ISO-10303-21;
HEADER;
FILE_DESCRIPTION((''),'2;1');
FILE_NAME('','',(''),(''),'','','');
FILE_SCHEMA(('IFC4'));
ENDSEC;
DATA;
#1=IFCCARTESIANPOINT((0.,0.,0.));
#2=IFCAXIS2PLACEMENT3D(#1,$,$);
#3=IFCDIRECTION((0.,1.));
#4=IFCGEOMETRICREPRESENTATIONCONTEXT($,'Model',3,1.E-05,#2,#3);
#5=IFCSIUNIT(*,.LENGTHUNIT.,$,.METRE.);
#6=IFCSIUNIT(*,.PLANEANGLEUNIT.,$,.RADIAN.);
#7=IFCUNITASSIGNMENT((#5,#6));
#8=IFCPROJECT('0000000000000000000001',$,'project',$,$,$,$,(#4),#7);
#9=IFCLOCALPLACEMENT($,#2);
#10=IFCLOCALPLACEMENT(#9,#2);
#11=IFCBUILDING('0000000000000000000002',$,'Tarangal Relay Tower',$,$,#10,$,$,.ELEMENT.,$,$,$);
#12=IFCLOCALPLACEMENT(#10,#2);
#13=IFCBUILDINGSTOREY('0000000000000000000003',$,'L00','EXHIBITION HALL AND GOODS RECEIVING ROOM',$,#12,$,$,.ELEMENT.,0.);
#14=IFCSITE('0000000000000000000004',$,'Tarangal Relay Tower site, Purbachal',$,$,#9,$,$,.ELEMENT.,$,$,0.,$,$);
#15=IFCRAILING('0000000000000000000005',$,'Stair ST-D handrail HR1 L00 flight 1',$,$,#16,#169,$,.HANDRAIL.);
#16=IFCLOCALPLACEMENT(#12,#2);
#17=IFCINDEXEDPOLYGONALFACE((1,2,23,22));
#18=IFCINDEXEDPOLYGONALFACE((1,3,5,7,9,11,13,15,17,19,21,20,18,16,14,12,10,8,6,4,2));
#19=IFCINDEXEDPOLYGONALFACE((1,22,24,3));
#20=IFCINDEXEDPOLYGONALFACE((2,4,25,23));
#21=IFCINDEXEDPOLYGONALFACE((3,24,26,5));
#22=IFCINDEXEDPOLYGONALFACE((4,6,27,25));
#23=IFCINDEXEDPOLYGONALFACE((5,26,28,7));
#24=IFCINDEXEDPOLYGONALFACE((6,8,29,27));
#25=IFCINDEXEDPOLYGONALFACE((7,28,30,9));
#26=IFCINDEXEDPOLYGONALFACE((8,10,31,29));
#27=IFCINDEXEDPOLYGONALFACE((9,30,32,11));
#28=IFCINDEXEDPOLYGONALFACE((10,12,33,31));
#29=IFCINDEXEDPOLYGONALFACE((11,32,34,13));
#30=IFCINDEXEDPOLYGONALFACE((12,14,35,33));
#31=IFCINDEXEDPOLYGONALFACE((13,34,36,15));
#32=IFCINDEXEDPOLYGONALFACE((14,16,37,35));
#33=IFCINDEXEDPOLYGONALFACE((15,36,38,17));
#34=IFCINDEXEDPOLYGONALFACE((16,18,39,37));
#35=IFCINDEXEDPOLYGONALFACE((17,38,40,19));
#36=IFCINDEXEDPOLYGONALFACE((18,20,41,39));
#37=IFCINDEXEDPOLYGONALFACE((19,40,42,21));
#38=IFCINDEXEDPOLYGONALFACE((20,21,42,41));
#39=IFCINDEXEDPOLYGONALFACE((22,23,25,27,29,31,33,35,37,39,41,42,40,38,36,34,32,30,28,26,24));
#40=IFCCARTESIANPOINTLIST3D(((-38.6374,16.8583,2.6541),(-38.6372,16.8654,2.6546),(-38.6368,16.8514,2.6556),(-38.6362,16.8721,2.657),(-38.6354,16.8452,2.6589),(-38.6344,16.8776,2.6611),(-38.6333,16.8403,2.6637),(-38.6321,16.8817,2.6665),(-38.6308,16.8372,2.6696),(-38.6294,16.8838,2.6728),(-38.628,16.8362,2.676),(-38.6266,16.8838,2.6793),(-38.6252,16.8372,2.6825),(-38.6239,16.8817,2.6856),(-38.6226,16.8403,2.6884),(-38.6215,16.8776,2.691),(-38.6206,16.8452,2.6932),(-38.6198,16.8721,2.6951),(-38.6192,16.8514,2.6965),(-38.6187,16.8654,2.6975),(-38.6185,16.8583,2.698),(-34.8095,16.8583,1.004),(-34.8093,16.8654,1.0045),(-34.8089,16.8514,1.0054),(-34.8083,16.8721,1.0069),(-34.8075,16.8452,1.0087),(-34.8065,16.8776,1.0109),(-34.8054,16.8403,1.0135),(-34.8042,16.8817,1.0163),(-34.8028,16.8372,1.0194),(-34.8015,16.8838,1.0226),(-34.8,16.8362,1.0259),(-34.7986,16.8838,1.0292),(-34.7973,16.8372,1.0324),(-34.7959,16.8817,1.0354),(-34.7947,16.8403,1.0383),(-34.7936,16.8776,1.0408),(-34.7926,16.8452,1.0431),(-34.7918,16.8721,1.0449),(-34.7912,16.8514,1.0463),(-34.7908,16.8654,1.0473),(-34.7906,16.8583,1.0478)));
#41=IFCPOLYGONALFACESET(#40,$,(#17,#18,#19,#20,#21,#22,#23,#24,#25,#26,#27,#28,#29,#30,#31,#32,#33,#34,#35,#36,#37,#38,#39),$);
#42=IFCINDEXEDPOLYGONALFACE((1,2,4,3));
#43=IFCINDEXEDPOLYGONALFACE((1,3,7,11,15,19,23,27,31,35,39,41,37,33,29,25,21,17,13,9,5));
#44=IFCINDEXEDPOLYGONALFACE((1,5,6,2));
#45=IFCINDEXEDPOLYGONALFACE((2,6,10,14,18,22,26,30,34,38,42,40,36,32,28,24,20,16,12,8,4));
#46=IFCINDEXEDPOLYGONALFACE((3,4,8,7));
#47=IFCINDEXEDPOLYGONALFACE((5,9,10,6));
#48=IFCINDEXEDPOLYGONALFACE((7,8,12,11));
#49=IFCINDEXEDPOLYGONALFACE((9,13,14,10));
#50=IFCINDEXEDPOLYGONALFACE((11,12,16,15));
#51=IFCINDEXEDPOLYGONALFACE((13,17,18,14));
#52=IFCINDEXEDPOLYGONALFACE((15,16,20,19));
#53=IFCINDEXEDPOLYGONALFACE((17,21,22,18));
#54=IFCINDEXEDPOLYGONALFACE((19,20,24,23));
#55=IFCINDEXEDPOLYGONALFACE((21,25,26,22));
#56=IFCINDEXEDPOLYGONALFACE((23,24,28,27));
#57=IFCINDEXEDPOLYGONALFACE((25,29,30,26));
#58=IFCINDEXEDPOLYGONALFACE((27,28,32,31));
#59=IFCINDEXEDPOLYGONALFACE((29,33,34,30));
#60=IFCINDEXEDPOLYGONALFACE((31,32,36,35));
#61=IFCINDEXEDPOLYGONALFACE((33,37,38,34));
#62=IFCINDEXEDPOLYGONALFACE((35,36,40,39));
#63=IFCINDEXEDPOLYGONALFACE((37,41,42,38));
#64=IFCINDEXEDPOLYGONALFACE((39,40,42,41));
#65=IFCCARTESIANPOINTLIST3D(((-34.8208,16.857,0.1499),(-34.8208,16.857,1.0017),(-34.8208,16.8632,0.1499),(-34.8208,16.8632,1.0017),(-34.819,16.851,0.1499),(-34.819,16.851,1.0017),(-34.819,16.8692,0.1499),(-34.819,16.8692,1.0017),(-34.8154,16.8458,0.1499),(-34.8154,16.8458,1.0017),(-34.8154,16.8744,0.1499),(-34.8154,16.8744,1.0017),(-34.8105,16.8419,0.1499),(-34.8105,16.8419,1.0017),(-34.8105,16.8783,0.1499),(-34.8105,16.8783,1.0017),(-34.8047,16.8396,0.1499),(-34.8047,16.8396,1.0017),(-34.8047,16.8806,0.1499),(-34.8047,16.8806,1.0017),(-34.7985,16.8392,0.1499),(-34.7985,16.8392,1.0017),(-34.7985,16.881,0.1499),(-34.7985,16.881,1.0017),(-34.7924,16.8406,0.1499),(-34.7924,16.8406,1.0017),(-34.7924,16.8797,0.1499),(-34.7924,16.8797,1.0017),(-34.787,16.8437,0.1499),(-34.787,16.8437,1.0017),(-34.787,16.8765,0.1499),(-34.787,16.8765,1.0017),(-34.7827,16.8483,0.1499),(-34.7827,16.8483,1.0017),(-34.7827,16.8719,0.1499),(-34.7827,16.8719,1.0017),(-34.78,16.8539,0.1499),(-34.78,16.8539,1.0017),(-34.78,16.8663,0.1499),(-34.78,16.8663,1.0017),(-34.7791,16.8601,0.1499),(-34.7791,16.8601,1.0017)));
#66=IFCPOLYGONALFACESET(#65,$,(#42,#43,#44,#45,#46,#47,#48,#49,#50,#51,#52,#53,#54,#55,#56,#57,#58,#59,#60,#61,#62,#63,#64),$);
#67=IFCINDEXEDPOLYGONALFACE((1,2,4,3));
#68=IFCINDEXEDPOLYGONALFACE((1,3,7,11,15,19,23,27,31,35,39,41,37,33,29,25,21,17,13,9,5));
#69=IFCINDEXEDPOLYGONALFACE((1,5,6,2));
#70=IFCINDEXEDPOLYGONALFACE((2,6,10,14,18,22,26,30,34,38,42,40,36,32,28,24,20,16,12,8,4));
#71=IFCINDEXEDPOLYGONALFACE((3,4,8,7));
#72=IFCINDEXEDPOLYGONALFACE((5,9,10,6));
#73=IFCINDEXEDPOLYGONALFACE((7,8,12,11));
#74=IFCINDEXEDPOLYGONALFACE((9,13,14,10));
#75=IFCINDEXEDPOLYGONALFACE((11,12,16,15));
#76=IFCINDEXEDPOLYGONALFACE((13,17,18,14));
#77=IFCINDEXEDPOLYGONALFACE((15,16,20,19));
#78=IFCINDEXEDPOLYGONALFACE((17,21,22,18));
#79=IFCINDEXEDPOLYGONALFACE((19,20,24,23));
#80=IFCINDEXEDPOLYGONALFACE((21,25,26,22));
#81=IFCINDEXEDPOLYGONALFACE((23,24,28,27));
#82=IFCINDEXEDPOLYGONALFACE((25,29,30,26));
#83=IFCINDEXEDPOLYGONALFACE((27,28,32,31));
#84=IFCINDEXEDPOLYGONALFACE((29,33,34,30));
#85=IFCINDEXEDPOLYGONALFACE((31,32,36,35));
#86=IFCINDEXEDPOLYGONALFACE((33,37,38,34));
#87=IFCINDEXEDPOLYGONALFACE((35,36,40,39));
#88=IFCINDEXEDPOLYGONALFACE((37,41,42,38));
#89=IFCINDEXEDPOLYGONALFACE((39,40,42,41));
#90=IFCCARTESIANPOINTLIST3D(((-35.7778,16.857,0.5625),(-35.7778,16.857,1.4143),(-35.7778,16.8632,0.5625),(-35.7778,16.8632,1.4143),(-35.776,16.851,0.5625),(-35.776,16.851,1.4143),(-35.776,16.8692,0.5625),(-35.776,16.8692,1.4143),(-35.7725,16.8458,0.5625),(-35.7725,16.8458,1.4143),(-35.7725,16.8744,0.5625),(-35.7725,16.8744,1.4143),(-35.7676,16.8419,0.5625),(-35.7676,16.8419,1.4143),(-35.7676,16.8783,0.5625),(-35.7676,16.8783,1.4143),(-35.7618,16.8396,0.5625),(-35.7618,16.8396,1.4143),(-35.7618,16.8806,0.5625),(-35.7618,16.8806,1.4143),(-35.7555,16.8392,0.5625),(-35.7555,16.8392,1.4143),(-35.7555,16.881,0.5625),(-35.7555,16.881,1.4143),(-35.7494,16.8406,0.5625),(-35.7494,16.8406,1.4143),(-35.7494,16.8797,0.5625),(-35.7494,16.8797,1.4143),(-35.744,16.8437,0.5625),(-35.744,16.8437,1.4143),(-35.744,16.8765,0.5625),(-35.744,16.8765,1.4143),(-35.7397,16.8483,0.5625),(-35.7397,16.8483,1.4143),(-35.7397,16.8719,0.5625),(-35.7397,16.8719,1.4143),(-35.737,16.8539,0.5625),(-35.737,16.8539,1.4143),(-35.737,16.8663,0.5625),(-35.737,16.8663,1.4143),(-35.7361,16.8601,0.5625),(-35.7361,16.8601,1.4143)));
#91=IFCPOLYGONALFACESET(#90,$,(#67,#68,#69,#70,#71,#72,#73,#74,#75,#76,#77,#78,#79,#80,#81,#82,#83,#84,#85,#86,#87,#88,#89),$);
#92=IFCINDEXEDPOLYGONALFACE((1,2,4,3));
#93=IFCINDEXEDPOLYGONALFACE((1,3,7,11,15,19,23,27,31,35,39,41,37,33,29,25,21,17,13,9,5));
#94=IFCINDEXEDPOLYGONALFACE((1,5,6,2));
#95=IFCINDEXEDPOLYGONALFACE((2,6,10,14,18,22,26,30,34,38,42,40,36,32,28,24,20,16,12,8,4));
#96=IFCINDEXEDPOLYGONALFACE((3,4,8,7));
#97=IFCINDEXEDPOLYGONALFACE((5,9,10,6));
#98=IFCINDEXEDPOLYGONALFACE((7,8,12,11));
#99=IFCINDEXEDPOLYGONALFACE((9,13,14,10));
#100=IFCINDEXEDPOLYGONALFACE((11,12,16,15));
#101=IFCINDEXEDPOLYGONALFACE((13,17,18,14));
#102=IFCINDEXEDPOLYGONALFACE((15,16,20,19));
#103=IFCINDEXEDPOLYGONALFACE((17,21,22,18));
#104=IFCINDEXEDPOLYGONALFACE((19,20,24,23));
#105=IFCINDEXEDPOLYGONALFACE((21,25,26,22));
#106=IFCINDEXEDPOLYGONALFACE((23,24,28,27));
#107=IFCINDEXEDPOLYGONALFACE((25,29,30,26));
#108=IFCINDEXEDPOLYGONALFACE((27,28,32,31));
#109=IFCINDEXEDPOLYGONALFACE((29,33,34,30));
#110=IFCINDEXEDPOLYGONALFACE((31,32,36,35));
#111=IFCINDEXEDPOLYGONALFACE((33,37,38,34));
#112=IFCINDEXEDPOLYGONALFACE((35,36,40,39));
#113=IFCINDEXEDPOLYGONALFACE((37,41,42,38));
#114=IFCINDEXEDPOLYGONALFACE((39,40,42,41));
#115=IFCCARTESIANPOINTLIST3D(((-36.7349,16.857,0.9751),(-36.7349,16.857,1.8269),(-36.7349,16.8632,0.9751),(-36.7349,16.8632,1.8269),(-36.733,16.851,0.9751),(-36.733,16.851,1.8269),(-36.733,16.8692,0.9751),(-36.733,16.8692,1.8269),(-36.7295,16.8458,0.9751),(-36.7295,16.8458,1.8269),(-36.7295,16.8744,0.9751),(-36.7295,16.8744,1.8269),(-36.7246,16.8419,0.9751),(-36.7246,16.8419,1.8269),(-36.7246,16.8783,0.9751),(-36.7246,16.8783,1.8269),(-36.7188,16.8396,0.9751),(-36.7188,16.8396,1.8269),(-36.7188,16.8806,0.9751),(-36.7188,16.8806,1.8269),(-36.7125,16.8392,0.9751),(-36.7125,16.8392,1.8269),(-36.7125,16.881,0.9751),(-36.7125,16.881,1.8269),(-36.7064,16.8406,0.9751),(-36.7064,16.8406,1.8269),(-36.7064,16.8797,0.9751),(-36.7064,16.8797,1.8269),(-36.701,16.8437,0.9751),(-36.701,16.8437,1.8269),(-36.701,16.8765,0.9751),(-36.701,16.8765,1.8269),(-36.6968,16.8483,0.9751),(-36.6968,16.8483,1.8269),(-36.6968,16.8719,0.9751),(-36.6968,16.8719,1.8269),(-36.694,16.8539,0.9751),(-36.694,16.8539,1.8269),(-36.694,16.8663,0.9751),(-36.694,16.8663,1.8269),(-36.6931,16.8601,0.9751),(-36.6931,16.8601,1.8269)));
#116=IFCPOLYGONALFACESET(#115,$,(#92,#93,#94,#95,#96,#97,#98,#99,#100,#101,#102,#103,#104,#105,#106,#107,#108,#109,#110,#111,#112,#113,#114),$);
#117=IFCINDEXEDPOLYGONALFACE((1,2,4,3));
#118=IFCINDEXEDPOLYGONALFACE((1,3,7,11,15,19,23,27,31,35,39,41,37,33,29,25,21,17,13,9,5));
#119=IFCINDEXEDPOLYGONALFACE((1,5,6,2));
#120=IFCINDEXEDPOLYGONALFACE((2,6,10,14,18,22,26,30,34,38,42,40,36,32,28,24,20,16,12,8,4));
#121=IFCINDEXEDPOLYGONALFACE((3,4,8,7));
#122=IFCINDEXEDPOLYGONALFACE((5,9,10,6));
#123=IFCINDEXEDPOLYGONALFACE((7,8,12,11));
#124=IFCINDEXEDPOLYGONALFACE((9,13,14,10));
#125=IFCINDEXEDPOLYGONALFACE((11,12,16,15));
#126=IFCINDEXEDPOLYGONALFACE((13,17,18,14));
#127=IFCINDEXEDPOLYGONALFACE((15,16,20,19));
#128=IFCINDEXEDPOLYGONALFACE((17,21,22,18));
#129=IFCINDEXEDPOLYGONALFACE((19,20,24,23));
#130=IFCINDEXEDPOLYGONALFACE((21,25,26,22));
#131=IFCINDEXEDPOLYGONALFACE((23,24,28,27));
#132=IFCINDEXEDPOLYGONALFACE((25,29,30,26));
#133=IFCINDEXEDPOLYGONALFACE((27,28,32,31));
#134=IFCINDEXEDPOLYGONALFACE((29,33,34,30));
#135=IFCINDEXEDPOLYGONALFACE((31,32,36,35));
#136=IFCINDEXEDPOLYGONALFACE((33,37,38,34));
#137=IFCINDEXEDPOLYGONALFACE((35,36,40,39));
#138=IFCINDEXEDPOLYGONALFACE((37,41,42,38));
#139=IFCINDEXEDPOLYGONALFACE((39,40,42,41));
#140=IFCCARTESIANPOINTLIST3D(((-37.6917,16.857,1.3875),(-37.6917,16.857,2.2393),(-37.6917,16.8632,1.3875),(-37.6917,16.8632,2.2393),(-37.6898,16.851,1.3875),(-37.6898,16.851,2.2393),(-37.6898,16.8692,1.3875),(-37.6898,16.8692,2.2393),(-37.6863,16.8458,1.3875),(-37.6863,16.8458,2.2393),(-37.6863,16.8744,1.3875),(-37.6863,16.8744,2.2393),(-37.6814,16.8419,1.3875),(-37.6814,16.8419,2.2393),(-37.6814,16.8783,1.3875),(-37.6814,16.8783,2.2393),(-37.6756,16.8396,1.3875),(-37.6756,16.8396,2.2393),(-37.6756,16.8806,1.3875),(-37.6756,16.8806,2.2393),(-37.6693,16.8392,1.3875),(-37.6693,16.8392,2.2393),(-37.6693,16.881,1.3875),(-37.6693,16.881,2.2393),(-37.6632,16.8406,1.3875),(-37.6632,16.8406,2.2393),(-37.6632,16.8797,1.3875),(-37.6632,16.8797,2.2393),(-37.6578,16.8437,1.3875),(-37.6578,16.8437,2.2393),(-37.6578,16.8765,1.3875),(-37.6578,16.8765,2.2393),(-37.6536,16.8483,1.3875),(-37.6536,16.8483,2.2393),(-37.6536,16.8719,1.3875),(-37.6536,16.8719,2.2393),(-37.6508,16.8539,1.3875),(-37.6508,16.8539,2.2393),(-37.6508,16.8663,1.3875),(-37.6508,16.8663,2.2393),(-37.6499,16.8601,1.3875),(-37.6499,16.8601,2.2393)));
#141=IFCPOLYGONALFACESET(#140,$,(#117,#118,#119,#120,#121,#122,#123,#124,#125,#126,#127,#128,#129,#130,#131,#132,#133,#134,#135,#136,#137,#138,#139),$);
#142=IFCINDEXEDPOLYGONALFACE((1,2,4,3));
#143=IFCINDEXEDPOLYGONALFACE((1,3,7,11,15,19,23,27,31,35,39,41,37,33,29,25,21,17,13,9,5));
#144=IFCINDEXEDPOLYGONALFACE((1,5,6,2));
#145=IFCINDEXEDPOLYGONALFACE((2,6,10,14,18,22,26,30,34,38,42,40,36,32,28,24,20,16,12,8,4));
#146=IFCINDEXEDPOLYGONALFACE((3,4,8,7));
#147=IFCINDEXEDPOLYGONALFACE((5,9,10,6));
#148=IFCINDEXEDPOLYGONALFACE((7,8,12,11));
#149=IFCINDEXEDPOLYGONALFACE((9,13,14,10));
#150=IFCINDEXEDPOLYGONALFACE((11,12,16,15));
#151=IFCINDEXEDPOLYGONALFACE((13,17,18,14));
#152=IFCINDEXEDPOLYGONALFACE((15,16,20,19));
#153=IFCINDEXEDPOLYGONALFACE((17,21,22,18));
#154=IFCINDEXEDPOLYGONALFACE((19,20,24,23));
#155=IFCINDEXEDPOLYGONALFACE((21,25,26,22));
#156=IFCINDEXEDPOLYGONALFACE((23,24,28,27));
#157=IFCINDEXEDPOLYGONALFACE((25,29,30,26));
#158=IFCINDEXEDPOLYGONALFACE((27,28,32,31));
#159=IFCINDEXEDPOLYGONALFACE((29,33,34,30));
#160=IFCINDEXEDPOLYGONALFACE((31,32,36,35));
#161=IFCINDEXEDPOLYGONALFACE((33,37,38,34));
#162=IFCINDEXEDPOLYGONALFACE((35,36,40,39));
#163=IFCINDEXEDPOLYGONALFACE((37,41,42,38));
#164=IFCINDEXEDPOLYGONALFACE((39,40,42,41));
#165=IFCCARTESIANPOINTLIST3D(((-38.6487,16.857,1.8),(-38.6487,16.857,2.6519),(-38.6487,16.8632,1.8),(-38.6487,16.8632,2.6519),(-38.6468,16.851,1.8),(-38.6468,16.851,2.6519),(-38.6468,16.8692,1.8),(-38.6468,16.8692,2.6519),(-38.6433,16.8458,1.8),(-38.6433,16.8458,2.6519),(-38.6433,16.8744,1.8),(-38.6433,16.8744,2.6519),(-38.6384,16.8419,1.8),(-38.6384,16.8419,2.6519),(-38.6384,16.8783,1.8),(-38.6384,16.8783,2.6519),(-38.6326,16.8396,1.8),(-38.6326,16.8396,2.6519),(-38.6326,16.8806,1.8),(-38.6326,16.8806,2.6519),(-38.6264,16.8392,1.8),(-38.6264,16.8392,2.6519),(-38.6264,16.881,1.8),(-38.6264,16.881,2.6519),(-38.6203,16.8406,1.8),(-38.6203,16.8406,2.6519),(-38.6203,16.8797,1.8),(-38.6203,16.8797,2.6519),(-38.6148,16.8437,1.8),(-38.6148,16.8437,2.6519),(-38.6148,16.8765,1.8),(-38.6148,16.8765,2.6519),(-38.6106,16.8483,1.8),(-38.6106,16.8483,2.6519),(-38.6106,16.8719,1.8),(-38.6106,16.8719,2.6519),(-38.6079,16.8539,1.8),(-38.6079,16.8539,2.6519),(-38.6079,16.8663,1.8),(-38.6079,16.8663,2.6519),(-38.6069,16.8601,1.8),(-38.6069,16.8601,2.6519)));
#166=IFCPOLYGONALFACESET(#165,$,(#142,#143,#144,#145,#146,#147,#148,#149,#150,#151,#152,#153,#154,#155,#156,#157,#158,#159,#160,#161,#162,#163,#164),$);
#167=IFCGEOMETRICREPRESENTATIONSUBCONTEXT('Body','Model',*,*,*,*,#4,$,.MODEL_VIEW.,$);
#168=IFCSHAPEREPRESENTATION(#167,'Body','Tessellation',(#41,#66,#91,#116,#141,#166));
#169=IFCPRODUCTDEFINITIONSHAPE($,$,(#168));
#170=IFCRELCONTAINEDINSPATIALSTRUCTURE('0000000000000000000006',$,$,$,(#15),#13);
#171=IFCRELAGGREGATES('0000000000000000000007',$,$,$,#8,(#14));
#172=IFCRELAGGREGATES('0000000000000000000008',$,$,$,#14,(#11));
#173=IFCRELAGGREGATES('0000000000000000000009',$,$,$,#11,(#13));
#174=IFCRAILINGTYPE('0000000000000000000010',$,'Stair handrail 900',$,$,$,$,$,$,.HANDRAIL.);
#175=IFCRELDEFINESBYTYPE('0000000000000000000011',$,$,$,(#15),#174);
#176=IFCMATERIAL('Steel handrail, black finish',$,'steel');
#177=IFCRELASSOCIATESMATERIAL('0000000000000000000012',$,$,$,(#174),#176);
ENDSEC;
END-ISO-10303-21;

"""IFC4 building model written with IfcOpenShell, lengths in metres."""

from ifc_helpers import new_model, si_unit, direction, frame, origin, origin_2d, place, context, subcontext, project, spatial, circle, extrude, material, type_object, element, save


model = new_model("IFC4")

# Units and contexts
model_context = context("Model", 3, precision=1e-05, world=origin(), true_north=direction((0.0, 1.0)))
body_context = subcontext(model_context, "Body", "Model", "MODEL_VIEW")
ifc_project = project(units=[si_unit("LENGTHUNIT", "METRE"), si_unit("PLANEANGLEUNIT", "RADIAN")], contexts=[model_context])

# Site, building, storey
site_placement = place(None, origin())
site = spatial("IfcSite", under=ifc_project, at=site_placement, Name="Tarangal Relay Tower site, Purbachal", CompositionType="ELEMENT", RefElevation=0.0)
building_placement = place(site_placement, origin())
building = spatial("IfcBuilding", under=site, at=building_placement, Name="Tarangal Relay Tower", CompositionType="ELEMENT")
storey_placement = place(building_placement, origin())
storey = spatial("IfcBuildingStorey", under=building, at=storey_placement, Name="L00", Description="EXHIBITION HALL AND GOODS RECEIVING ROOM", CompositionType="ELEMENT", Elevation=0.0)

# Railing
ifc_material_1 = material(Name="Steel handrail, black finish", Category="steel")
railing_type = type_object("IfcRailingType", Name="Stair handrail 900", PredefinedType="HANDRAIL", material=ifc_material_1)
railing_1_placement = place(storey_placement, frame((-34.8, 16.8601, 0.1499)))
element("IfcRailing", 1, at=railing_1_placement, inside=storey, type_object=railing_type, Name="Stair ST-D handrail HR1 L00 flight 1", PredefinedType="HANDRAIL", context=body_context, shape_type="SweptSolid", body=[
    extrude(circle(Radius=0.0239, at=origin_2d()), frame((0.0, 0.0, 0.876), z_axis=(-0.918307, 0.0, 0.395869), x_axis=(0.0, -1.0, 0.0)), (0.0, 0.0, 1.0), 4.1685),
    extrude(circle(Radius=0.021, at=origin_2d()), origin(), (0.0, 0.0, 1.0), 0.8518),
    extrude(circle(Radius=0.021, at=origin_2d()), frame((-0.957, 0.0, 0.4126)), (0.0, 0.0, 1.0), 0.8518),
    extrude(circle(Radius=0.021, at=origin_2d()), frame((-1.9141, 0.0, 0.8252)), (0.0, 0.0, 1.0), 0.8518),
    extrude(circle(Radius=0.021, at=origin_2d()), frame((-2.8708, 0.0, 1.2375)), (0.0, 0.0, 1.0), 0.8518),
    extrude(circle(Radius=0.021, at=origin_2d()), frame((-3.8279, 0.0, 1.6501)), (0.0, 0.0, 1.0), 0.8518),
])

save(model, "model.ifc")
